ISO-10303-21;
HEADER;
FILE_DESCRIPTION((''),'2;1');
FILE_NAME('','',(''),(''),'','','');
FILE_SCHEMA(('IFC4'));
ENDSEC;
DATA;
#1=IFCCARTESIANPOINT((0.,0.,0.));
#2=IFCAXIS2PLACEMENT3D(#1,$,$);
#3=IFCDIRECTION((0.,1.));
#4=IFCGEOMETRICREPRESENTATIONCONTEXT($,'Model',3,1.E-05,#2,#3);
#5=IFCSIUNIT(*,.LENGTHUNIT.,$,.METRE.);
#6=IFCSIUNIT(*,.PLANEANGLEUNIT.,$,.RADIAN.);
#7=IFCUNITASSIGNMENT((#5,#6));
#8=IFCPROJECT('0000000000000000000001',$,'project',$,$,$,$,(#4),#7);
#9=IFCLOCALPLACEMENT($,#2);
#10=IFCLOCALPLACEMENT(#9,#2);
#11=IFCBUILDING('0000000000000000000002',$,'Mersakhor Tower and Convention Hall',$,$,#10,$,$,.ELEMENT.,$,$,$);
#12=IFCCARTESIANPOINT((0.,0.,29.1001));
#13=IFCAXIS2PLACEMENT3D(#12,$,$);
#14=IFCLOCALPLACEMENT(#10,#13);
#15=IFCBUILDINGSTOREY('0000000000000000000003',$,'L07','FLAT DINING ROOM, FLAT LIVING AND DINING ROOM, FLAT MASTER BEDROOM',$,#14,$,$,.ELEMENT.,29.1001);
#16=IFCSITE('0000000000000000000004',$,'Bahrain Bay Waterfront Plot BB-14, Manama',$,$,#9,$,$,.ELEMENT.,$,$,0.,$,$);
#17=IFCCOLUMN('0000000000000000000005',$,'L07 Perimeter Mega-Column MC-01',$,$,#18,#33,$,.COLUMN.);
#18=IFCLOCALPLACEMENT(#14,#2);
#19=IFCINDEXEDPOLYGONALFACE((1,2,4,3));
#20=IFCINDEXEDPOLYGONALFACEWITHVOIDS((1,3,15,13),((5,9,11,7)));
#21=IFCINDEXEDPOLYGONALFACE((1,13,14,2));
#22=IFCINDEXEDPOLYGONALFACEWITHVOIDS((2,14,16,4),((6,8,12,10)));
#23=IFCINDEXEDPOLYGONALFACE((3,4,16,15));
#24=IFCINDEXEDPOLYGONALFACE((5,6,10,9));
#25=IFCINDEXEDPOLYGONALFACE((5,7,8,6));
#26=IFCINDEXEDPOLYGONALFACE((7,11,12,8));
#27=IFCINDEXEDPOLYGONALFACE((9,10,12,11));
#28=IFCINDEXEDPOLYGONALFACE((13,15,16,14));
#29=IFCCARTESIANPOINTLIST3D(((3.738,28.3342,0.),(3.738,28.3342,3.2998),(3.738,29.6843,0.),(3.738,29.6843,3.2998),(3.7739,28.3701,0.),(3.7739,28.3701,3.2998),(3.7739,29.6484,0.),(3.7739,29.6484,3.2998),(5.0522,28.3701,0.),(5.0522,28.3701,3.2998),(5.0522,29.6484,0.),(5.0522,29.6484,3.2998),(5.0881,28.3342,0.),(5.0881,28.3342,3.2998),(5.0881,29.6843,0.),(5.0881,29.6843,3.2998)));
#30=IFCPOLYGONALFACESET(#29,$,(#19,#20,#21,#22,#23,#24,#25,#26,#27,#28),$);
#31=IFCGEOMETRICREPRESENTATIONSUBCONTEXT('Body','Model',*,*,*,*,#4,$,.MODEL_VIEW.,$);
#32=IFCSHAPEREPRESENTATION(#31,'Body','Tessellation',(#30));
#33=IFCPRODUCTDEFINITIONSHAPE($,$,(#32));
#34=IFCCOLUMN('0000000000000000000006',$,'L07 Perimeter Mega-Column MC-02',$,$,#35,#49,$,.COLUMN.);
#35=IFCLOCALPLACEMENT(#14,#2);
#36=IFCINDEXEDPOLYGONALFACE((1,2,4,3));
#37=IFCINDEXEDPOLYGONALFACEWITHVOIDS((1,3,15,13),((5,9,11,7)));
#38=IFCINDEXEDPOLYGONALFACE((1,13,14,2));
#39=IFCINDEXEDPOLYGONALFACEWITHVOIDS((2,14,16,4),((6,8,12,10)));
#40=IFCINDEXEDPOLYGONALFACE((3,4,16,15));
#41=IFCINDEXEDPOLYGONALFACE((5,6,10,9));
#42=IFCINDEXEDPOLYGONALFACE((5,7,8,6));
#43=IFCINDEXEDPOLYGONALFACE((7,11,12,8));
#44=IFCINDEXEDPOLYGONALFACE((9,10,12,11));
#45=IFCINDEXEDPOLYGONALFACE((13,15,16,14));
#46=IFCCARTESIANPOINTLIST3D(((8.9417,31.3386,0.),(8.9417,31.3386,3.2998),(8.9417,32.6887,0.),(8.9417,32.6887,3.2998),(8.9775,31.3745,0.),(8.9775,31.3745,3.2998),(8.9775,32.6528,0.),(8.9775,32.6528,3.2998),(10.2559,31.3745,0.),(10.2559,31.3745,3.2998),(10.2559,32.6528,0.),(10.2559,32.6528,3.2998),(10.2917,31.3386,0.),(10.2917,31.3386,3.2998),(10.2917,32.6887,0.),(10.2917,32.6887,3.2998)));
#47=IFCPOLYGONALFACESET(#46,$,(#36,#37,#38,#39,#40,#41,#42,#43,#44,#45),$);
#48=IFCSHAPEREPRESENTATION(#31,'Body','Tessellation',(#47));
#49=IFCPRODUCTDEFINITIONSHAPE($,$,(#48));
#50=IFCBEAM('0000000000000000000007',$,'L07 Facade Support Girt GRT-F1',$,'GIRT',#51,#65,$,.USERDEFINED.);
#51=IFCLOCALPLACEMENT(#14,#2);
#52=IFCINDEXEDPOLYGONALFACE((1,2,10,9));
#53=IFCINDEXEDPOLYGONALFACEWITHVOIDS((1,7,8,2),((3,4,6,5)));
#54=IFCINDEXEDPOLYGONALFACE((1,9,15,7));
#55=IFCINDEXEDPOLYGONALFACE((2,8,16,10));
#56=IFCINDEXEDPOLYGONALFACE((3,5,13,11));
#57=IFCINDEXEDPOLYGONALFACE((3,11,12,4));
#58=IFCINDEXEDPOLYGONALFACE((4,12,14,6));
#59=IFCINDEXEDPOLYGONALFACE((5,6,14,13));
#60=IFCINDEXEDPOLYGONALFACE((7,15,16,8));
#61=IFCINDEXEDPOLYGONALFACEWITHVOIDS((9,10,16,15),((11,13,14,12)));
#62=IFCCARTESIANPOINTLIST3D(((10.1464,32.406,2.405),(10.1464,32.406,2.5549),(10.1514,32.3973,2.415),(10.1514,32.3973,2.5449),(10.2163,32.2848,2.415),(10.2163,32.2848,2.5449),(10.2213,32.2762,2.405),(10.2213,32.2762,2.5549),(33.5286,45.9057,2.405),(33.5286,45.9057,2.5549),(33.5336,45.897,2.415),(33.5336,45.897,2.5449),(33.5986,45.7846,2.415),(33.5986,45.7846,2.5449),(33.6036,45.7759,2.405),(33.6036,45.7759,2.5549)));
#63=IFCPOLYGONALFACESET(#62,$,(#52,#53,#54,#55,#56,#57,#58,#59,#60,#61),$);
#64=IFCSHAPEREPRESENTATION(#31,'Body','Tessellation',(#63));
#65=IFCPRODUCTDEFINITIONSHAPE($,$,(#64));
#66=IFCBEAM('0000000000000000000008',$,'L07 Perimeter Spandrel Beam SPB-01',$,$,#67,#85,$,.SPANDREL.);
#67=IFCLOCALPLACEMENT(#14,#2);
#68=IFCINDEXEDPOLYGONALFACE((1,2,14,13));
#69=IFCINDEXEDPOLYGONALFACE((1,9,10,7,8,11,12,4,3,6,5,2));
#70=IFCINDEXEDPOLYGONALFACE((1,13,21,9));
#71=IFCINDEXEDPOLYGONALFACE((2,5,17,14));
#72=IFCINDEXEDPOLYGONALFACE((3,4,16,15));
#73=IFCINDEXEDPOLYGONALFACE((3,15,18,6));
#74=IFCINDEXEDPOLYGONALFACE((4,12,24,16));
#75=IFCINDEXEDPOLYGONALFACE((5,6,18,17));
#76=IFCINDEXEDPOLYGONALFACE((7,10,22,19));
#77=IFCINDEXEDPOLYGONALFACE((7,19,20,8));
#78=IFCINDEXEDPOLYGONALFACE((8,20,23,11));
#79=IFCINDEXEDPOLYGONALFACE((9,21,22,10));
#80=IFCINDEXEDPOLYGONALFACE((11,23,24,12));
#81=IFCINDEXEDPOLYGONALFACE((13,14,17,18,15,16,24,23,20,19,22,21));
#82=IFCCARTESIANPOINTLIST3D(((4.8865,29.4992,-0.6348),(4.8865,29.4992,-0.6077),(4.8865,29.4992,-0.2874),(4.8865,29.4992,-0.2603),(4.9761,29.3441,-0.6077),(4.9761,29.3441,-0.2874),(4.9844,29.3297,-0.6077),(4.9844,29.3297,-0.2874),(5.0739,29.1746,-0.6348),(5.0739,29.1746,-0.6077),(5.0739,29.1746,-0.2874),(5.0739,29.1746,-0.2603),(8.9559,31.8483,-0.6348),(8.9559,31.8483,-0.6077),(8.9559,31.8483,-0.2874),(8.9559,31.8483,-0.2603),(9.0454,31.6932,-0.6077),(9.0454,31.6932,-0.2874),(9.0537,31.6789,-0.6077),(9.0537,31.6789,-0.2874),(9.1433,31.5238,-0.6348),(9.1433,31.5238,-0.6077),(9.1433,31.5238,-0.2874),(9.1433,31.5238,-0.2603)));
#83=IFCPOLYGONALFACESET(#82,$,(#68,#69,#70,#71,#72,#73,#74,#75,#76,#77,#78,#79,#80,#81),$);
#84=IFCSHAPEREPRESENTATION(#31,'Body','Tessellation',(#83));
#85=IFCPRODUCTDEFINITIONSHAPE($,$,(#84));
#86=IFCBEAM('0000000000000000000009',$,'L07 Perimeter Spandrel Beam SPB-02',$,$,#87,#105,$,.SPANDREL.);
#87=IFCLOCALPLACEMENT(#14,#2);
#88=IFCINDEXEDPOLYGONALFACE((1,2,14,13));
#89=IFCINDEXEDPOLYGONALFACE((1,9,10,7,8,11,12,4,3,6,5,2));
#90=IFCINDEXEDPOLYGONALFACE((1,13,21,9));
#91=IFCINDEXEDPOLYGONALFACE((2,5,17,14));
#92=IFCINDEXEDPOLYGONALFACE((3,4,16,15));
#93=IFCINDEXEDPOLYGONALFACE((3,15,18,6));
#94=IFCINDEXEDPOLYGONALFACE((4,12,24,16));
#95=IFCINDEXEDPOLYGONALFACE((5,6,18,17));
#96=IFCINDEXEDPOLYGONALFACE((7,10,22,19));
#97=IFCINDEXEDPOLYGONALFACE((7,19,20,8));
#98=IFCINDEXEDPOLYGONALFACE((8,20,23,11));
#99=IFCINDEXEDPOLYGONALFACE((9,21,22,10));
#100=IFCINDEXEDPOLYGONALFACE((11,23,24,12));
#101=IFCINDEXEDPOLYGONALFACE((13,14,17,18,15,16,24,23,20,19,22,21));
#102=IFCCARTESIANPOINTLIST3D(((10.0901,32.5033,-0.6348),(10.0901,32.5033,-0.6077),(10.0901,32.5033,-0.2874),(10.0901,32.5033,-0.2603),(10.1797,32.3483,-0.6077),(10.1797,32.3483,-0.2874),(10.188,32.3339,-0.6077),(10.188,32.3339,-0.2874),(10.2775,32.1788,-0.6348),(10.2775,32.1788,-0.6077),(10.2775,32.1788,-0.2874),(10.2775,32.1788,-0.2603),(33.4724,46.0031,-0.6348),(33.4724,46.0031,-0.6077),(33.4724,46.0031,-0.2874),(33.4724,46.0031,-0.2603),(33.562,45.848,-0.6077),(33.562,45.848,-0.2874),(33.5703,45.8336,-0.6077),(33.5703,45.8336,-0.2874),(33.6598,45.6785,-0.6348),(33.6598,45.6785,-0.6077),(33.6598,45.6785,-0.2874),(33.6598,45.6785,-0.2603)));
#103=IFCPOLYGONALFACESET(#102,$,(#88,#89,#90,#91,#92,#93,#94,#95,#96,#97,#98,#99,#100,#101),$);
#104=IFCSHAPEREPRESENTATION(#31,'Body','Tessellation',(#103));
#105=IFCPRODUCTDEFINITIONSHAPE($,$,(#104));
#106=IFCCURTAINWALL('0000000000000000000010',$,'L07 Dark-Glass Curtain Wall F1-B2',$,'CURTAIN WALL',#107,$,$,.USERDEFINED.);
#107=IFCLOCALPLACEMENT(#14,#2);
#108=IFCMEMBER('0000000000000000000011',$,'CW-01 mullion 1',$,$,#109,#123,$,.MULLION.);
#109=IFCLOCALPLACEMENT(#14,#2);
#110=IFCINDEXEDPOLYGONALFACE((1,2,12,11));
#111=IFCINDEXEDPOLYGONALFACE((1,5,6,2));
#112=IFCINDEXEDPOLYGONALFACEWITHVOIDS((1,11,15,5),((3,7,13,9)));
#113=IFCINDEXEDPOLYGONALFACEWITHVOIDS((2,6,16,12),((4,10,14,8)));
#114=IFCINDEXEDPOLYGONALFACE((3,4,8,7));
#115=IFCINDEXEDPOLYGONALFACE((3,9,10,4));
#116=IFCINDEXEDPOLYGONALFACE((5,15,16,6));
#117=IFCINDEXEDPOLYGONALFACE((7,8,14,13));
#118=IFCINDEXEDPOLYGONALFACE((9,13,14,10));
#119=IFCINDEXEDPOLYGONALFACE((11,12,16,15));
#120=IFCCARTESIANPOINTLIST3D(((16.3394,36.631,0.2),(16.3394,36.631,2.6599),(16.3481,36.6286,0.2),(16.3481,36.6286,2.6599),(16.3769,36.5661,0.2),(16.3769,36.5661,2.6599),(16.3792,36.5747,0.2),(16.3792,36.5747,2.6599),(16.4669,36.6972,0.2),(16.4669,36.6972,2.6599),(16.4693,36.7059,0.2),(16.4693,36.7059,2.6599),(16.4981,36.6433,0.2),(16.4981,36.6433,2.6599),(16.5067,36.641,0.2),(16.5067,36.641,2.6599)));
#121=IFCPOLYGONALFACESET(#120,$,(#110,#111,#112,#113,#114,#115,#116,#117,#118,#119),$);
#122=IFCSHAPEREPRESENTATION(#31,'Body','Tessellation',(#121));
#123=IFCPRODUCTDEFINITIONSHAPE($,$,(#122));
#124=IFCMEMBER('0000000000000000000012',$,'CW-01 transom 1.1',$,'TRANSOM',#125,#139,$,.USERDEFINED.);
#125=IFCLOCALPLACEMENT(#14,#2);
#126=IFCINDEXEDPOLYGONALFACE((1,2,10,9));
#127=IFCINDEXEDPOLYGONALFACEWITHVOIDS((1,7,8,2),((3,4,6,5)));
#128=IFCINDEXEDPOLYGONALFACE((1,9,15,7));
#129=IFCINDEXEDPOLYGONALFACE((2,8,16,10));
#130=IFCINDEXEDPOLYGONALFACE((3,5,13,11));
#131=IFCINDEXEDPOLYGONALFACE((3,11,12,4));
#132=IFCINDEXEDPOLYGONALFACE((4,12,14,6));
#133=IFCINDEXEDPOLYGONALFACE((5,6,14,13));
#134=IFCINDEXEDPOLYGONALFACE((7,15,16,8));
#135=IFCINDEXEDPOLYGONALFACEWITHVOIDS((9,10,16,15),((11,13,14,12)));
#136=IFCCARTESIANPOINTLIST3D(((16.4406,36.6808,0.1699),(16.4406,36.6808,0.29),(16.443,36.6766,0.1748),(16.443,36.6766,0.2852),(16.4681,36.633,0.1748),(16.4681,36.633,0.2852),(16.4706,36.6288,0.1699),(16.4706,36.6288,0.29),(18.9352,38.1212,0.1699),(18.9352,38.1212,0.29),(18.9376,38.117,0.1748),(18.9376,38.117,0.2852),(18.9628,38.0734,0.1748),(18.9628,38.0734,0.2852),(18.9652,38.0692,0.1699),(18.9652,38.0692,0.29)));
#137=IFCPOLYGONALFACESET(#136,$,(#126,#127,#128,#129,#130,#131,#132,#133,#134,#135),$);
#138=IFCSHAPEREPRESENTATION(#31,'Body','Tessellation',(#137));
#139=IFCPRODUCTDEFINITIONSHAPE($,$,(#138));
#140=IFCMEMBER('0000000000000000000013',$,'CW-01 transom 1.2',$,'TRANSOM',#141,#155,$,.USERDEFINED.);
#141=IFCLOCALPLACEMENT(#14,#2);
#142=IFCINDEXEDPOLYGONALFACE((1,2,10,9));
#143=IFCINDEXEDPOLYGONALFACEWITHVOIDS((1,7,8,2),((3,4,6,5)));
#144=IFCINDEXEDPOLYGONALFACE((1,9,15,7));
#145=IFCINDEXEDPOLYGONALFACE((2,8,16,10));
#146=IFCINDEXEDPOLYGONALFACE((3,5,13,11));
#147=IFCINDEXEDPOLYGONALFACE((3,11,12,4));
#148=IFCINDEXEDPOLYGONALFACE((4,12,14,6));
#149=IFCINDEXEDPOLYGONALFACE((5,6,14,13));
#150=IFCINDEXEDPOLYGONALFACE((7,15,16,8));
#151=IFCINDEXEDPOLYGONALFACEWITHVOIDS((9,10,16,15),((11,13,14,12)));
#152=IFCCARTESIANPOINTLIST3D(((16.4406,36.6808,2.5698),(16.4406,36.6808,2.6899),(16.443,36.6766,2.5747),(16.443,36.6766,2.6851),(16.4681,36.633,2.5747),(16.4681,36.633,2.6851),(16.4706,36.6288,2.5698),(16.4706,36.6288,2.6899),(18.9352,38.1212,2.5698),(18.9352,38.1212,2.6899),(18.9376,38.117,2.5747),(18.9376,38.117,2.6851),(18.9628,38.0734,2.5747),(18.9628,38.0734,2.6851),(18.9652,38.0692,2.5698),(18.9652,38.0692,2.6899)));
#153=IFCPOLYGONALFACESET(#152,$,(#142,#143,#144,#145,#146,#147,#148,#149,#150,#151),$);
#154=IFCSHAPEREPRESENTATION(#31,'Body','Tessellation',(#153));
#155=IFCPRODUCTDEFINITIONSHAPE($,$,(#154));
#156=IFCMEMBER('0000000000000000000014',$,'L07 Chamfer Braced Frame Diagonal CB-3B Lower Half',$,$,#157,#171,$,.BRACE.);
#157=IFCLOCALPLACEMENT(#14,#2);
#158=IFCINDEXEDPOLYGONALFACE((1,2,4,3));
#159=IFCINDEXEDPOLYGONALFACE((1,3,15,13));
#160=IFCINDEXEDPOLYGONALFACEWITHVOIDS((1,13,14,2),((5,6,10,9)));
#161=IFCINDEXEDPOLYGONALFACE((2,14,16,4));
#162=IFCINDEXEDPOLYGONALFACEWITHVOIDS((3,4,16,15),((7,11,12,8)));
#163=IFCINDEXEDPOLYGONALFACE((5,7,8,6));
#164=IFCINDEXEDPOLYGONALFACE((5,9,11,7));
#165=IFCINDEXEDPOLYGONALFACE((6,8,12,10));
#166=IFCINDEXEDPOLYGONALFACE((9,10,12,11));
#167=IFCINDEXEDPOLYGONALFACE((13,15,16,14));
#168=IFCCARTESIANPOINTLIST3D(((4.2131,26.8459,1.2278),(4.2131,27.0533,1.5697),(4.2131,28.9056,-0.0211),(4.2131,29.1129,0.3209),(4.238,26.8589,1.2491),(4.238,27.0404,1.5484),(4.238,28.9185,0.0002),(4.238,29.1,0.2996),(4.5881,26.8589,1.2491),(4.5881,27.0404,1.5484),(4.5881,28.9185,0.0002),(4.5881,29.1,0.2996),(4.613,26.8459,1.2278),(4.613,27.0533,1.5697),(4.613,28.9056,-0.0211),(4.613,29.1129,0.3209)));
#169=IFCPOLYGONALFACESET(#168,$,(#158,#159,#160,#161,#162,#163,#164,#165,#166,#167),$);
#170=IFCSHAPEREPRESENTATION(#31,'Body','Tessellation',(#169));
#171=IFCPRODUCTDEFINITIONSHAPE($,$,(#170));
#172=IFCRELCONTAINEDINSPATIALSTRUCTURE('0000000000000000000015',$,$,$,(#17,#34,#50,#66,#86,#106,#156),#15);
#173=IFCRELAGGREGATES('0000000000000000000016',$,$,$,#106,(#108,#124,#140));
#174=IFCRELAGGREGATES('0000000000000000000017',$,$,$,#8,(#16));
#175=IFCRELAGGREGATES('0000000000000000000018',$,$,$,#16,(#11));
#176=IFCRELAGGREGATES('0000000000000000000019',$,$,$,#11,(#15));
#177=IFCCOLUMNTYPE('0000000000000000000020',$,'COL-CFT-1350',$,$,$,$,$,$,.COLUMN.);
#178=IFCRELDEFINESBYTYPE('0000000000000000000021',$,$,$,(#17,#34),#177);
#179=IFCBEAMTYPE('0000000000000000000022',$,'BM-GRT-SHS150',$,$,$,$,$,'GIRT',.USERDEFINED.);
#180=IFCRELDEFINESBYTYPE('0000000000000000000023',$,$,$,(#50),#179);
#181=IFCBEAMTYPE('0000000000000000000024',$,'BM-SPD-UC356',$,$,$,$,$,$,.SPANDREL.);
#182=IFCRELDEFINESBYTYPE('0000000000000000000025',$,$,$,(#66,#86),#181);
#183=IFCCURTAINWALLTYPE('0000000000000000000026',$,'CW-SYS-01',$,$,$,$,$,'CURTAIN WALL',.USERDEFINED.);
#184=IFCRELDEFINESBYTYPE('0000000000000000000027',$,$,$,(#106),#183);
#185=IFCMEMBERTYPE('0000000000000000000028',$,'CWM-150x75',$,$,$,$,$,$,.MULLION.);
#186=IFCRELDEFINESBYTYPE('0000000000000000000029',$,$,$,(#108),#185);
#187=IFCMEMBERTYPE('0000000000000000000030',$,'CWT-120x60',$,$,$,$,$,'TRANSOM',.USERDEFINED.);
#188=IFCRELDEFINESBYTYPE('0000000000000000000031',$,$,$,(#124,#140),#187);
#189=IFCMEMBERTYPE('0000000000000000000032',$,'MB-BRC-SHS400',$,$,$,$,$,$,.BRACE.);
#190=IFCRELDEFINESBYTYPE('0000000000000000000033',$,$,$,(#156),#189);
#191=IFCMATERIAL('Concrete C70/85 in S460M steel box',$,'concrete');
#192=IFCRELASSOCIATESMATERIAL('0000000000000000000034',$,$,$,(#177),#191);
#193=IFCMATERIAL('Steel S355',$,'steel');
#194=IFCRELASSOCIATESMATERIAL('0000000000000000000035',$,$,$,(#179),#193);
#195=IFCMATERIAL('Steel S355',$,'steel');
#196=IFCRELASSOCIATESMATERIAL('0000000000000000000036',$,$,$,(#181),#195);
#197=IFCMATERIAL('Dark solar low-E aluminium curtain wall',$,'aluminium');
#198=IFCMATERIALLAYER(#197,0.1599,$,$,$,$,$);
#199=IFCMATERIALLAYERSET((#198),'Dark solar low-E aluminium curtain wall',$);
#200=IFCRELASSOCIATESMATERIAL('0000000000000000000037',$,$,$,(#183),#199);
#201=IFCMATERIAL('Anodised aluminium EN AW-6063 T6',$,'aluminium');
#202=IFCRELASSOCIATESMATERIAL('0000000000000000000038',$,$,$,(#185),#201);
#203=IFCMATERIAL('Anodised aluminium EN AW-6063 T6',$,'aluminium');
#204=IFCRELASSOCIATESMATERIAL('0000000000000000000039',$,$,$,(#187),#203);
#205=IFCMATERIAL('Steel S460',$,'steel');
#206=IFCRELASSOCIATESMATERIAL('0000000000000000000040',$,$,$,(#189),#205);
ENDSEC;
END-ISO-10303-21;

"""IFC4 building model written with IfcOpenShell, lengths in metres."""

from ifc_helpers import new_model, si_unit, direction, frame, origin, origin_2d, place, context, subcontext, project, spatial, hollow_rectangle, i_section, extrude, material, layer, layer_set, material_profile, profile_set, type_object, element, aggregate, save


model = new_model("IFC4")

# Units and contexts
model_context = context("Model", 3, precision=1e-05, world=origin(), true_north=direction((0.0, 1.0)))
body_context = subcontext(model_context, "Body", "Model", "MODEL_VIEW")
ifc_project = project(units=[si_unit("LENGTHUNIT", "METRE"), si_unit("PLANEANGLEUNIT", "RADIAN")], contexts=[model_context])

# Site, building, storey
site_placement = place(None, origin())
site = spatial("IfcSite", under=ifc_project, at=site_placement, Name="Bahrain Bay Waterfront Plot BB-14, Manama", CompositionType="ELEMENT", RefElevation=0.0)
building_placement = place(site_placement, origin())
building = spatial("IfcBuilding", under=site, at=building_placement, Name="Mersakhor Tower and Convention Hall", CompositionType="ELEMENT")
storey_placement = place(building_placement, frame((0.0, 0.0, 29.1001)))
storey = spatial("IfcBuildingStorey", under=building, at=storey_placement, Name="L07", Description="FLAT DINING ROOM, FLAT LIVING AND DINING ROOM, FLAT MASTER BEDROOM", CompositionType="ELEMENT", Elevation=29.1001)

# Columns
ifc_material_1 = material(Name="Concrete C70/85 in S460M steel box", Category="concrete")
ifc_material_profile_1 = material_profile(ifc_material_1, hollow_rectangle(XDim=1.3501, YDim=1.3501, WallThickness=0.0359, at=origin_2d()), Name="SHS 1350x1350x36")
ifc_profile_set_1 = profile_set([ifc_material_profile_1], Name="Concrete C70/85 in S460M steel box")
column_type = type_object("IfcColumnType", Name="COL-CFT-1350", PredefinedType="COLUMN", material=ifc_profile_set_1)
for number, where, z_axis, x_axis, name in (
    (1, (4.4131, 29.0093, 0.0), (0.0, 0.0, 1.0), (1.0, 0.0, 0.0), "L07 Perimeter Mega-Column MC-01"),
    (2, (9.6167, 32.0137, 0.0), (0.0, 0.0, 1.0), (1.0, 0.0, 0.0), "L07 Perimeter Mega-Column MC-02"),
):
    element("IfcColumn", number, at=place(storey_placement, frame(where, z_axis=z_axis, x_axis=x_axis)), inside=storey, type_object=column_type, Name=name, PredefinedType="COLUMN", context=body_context, shape_type="SweptSolid", body=[
        extrude(hollow_rectangle(XDim=1.3501, YDim=1.3501, WallThickness=0.0359, at=origin_2d()), origin(), (0.0, 0.0, 1.0), 3.2998),
    ])

# Beams
ifc_material_2 = material(Name="Steel S355", Category="steel")
ifc_material_profile_2 = material_profile(ifc_material_2, hollow_rectangle(XDim=0.1499, YDim=0.1499, WallThickness=0.01, at=origin_2d()), Name="SHS 150x150x10")
ifc_profile_set_2 = profile_set([ifc_material_profile_2], Name="Steel S355")
beam_type_1 = type_object("IfcBeamType", Name="BM-GRT-SHS150", ElementType="GIRT", PredefinedType="USERDEFINED", material=ifc_profile_set_2)
beam_1_placement = place(storey_placement, frame((10.1838, 32.3411, 2.48), z_axis=(0.866026, 0.499999, 0.0), x_axis=(-0.499999, 0.866026, 0.0)))
element("IfcBeam", 3, at=beam_1_placement, inside=storey, type_object=beam_type_1, Name="L07 Facade Support Girt GRT-F1", ObjectType="GIRT", PredefinedType="USERDEFINED", context=body_context, shape_type="SweptSolid", body=[
    extrude(hollow_rectangle(XDim=0.1499, YDim=0.1499, WallThickness=0.01, at=origin_2d()), origin(), (0.0, 0.0, 1.0), 26.9995),
])
ifc_material_3 = material(Name="Steel S355", Category="steel")
ifc_material_profile_3 = material_profile(ifc_material_3, i_section(OverallWidth=0.3748, OverallDepth=0.3745, WebThickness=0.0166, FlangeThickness=0.0271, at=origin_2d()), Name="UC 356x368x202")
ifc_profile_set_3 = profile_set([ifc_material_profile_3], Name="Steel S355")
beam_type_2 = type_object("IfcBeamType", Name="BM-SPD-UC356", PredefinedType="SPANDREL", material=ifc_profile_set_3)
beam_2_placement = place(storey_placement, frame((4.9802, 29.3369, -0.4475), z_axis=(0.866054, 0.49995, 0.0), x_axis=(-0.49995, 0.866054, 0.0)))
element("IfcBeam", 4, at=beam_2_placement, inside=storey, type_object=beam_type_2, Name="L07 Perimeter Spandrel Beam SPB-01", PredefinedType="SPANDREL", context=body_context, shape_type="SweptSolid", body=[
    extrude(i_section(OverallWidth=0.3748, OverallDepth=0.3745, WebThickness=0.0166, FlangeThickness=0.0271, at=origin_2d()), origin(), (0.0, 0.0, 1.0), 4.6987),
])
beam_3_placement = place(storey_placement, frame((10.1838, 32.3411, -0.4475), z_axis=(0.866026, 0.499999, 0.0), x_axis=(-0.499999, 0.866026, 0.0)))
element("IfcBeam", 5, at=beam_3_placement, inside=storey, type_object=beam_type_2, Name="L07 Perimeter Spandrel Beam SPB-02", PredefinedType="SPANDREL", context=body_context, shape_type="SweptSolid", body=[
    extrude(i_section(OverallWidth=0.3748, OverallDepth=0.3745, WebThickness=0.0166, FlangeThickness=0.0271, at=origin_2d()), origin(), (0.0, 0.0, 1.0), 26.9995),
])

# Curtain wall, members
ifc_material_4 = material(Name="Dark solar low-E aluminium curtain wall", Category="aluminium")
ifc_layer_1 = layer(ifc_material_4, 0.1599)
ifc_layer_set_1 = layer_set([ifc_layer_1], Name="Dark solar low-E aluminium curtain wall")
curtain_wall_type = type_object("IfcCurtainWallType", Name="CW-SYS-01", ElementType="CURTAIN WALL", PredefinedType="USERDEFINED", material=ifc_layer_set_1)
curtain_wall_placement = place(storey_placement, origin())
curtain_wall = element("IfcCurtainWall", 6, at=curtain_wall_placement, inside=storey, type_object=curtain_wall_type, Name="L07 Dark-Glass Curtain Wall F1-B2", ObjectType="CURTAIN WALL", PredefinedType="USERDEFINED")
ifc_material_5 = material(Name="Anodised aluminium EN AW-6063 T6", Category="aluminium")
ifc_material_profile_4 = material_profile(ifc_material_5, hollow_rectangle(XDim=0.075, YDim=0.1499, WallThickness=0.0063, at=origin_2d()), Name="RHS 150x75x6.3")
ifc_profile_set_4 = profile_set([ifc_material_profile_4], Name="Anodised aluminium EN AW-6063 T6")
member_type_1 = type_object("IfcMemberType", Name="CWM-150x75", PredefinedType="MULLION", material=ifc_profile_set_4)
member_1_placement = place(storey_placement, frame((16.4231, 36.636, 0.2), z_axis=(0.0, 0.0, 1.0), x_axis=(-0.500003, 0.866023, 0.0)))
member_1 = element("IfcMember", 7, at=member_1_placement, type_object=member_type_1, Name="CW-01 mullion 1", PredefinedType="MULLION", context=body_context, shape_type="SweptSolid", body=[
    extrude(hollow_rectangle(XDim=0.075, YDim=0.1499, WallThickness=0.0063, at=origin_2d()), origin(), (0.0, 0.0, 1.0), 2.46),
])
ifc_material_6 = material(Name="Anodised aluminium EN AW-6063 T6", Category="aluminium")
ifc_material_profile_5 = material_profile(ifc_material_6, hollow_rectangle(XDim=0.0601, YDim=0.1201, WallThickness=0.0049, at=origin_2d()), Name="RHS 120x60x5")
ifc_profile_set_5 = profile_set([ifc_material_profile_5], Name="Anodised aluminium EN AW-6063 T6")
member_type_2 = type_object("IfcMemberType", Name="CWT-120x60", ElementType="TRANSOM", PredefinedType="USERDEFINED", material=ifc_profile_set_5)
member_2_placement = place(storey_placement, frame((16.4556, 36.6548, 0.23), z_axis=(0.866002, 0.50004, 0.0), x_axis=(-0.50004, 0.866002, 0.0)))
member_2 = element("IfcMember", 8, at=member_2_placement, type_object=member_type_2, Name="CW-01 transom 1.1", ObjectType="TRANSOM", PredefinedType="USERDEFINED", context=body_context, shape_type="SweptSolid", body=[
    extrude(hollow_rectangle(XDim=0.0601, YDim=0.1201, WallThickness=0.0049, at=origin_2d()), origin(), (0.0, 0.0, 1.0), 2.8806),
])
member_3_placement = place(storey_placement, frame((16.4556, 36.6548, 2.6299), z_axis=(0.866002, 0.50004, 0.0), x_axis=(-0.50004, 0.866002, 0.0)))
member_3 = element("IfcMember", 9, at=member_3_placement, type_object=member_type_2, Name="CW-01 transom 1.2", ObjectType="TRANSOM", PredefinedType="USERDEFINED", context=body_context, shape_type="SweptSolid", body=[
    extrude(hollow_rectangle(XDim=0.0601, YDim=0.1201, WallThickness=0.0049, at=origin_2d()), origin(), (0.0, 0.0, 1.0), 2.8806),
])
aggregate(curtain_wall, [member_1, member_2, member_3])

# Member
ifc_material_7 = material(Name="Steel S460", Category="steel")
ifc_material_profile_6 = material_profile(ifc_material_7, hollow_rectangle(XDim=0.3999, YDim=0.3999, WallThickness=0.0249, at=origin_2d()), Name="SHS 400x400x25")
ifc_profile_set_6 = profile_set([ifc_material_profile_6], Name="Steel S460")
member_type_3 = type_object("IfcMemberType", Name="MB-BRC-SHS400", PredefinedType="BRACE", material=ifc_profile_set_6)
for number, where, z_axis, x_axis, name in (
    (10, (4.4131, 29.0093, 0.1499), (0.0, -0.855096, 0.51847), (1.0, 0.0, 0.0), "L07 Chamfer Braced Frame Diagonal CB-3B Lower Half"),
):
    element("IfcMember", number, at=place(storey_placement, frame(where, z_axis=z_axis, x_axis=x_axis)), inside=storey, type_object=member_type_3, Name=name, PredefinedType="BRACE", context=body_context, shape_type="SweptSolid", body=[
        extrude(hollow_rectangle(XDim=0.3999, YDim=0.3999, WallThickness=0.0249, at=origin_2d()), origin(), (0.0, 0.0, 1.0), 2.4087),
    ])

save(model, "model.ifc")
